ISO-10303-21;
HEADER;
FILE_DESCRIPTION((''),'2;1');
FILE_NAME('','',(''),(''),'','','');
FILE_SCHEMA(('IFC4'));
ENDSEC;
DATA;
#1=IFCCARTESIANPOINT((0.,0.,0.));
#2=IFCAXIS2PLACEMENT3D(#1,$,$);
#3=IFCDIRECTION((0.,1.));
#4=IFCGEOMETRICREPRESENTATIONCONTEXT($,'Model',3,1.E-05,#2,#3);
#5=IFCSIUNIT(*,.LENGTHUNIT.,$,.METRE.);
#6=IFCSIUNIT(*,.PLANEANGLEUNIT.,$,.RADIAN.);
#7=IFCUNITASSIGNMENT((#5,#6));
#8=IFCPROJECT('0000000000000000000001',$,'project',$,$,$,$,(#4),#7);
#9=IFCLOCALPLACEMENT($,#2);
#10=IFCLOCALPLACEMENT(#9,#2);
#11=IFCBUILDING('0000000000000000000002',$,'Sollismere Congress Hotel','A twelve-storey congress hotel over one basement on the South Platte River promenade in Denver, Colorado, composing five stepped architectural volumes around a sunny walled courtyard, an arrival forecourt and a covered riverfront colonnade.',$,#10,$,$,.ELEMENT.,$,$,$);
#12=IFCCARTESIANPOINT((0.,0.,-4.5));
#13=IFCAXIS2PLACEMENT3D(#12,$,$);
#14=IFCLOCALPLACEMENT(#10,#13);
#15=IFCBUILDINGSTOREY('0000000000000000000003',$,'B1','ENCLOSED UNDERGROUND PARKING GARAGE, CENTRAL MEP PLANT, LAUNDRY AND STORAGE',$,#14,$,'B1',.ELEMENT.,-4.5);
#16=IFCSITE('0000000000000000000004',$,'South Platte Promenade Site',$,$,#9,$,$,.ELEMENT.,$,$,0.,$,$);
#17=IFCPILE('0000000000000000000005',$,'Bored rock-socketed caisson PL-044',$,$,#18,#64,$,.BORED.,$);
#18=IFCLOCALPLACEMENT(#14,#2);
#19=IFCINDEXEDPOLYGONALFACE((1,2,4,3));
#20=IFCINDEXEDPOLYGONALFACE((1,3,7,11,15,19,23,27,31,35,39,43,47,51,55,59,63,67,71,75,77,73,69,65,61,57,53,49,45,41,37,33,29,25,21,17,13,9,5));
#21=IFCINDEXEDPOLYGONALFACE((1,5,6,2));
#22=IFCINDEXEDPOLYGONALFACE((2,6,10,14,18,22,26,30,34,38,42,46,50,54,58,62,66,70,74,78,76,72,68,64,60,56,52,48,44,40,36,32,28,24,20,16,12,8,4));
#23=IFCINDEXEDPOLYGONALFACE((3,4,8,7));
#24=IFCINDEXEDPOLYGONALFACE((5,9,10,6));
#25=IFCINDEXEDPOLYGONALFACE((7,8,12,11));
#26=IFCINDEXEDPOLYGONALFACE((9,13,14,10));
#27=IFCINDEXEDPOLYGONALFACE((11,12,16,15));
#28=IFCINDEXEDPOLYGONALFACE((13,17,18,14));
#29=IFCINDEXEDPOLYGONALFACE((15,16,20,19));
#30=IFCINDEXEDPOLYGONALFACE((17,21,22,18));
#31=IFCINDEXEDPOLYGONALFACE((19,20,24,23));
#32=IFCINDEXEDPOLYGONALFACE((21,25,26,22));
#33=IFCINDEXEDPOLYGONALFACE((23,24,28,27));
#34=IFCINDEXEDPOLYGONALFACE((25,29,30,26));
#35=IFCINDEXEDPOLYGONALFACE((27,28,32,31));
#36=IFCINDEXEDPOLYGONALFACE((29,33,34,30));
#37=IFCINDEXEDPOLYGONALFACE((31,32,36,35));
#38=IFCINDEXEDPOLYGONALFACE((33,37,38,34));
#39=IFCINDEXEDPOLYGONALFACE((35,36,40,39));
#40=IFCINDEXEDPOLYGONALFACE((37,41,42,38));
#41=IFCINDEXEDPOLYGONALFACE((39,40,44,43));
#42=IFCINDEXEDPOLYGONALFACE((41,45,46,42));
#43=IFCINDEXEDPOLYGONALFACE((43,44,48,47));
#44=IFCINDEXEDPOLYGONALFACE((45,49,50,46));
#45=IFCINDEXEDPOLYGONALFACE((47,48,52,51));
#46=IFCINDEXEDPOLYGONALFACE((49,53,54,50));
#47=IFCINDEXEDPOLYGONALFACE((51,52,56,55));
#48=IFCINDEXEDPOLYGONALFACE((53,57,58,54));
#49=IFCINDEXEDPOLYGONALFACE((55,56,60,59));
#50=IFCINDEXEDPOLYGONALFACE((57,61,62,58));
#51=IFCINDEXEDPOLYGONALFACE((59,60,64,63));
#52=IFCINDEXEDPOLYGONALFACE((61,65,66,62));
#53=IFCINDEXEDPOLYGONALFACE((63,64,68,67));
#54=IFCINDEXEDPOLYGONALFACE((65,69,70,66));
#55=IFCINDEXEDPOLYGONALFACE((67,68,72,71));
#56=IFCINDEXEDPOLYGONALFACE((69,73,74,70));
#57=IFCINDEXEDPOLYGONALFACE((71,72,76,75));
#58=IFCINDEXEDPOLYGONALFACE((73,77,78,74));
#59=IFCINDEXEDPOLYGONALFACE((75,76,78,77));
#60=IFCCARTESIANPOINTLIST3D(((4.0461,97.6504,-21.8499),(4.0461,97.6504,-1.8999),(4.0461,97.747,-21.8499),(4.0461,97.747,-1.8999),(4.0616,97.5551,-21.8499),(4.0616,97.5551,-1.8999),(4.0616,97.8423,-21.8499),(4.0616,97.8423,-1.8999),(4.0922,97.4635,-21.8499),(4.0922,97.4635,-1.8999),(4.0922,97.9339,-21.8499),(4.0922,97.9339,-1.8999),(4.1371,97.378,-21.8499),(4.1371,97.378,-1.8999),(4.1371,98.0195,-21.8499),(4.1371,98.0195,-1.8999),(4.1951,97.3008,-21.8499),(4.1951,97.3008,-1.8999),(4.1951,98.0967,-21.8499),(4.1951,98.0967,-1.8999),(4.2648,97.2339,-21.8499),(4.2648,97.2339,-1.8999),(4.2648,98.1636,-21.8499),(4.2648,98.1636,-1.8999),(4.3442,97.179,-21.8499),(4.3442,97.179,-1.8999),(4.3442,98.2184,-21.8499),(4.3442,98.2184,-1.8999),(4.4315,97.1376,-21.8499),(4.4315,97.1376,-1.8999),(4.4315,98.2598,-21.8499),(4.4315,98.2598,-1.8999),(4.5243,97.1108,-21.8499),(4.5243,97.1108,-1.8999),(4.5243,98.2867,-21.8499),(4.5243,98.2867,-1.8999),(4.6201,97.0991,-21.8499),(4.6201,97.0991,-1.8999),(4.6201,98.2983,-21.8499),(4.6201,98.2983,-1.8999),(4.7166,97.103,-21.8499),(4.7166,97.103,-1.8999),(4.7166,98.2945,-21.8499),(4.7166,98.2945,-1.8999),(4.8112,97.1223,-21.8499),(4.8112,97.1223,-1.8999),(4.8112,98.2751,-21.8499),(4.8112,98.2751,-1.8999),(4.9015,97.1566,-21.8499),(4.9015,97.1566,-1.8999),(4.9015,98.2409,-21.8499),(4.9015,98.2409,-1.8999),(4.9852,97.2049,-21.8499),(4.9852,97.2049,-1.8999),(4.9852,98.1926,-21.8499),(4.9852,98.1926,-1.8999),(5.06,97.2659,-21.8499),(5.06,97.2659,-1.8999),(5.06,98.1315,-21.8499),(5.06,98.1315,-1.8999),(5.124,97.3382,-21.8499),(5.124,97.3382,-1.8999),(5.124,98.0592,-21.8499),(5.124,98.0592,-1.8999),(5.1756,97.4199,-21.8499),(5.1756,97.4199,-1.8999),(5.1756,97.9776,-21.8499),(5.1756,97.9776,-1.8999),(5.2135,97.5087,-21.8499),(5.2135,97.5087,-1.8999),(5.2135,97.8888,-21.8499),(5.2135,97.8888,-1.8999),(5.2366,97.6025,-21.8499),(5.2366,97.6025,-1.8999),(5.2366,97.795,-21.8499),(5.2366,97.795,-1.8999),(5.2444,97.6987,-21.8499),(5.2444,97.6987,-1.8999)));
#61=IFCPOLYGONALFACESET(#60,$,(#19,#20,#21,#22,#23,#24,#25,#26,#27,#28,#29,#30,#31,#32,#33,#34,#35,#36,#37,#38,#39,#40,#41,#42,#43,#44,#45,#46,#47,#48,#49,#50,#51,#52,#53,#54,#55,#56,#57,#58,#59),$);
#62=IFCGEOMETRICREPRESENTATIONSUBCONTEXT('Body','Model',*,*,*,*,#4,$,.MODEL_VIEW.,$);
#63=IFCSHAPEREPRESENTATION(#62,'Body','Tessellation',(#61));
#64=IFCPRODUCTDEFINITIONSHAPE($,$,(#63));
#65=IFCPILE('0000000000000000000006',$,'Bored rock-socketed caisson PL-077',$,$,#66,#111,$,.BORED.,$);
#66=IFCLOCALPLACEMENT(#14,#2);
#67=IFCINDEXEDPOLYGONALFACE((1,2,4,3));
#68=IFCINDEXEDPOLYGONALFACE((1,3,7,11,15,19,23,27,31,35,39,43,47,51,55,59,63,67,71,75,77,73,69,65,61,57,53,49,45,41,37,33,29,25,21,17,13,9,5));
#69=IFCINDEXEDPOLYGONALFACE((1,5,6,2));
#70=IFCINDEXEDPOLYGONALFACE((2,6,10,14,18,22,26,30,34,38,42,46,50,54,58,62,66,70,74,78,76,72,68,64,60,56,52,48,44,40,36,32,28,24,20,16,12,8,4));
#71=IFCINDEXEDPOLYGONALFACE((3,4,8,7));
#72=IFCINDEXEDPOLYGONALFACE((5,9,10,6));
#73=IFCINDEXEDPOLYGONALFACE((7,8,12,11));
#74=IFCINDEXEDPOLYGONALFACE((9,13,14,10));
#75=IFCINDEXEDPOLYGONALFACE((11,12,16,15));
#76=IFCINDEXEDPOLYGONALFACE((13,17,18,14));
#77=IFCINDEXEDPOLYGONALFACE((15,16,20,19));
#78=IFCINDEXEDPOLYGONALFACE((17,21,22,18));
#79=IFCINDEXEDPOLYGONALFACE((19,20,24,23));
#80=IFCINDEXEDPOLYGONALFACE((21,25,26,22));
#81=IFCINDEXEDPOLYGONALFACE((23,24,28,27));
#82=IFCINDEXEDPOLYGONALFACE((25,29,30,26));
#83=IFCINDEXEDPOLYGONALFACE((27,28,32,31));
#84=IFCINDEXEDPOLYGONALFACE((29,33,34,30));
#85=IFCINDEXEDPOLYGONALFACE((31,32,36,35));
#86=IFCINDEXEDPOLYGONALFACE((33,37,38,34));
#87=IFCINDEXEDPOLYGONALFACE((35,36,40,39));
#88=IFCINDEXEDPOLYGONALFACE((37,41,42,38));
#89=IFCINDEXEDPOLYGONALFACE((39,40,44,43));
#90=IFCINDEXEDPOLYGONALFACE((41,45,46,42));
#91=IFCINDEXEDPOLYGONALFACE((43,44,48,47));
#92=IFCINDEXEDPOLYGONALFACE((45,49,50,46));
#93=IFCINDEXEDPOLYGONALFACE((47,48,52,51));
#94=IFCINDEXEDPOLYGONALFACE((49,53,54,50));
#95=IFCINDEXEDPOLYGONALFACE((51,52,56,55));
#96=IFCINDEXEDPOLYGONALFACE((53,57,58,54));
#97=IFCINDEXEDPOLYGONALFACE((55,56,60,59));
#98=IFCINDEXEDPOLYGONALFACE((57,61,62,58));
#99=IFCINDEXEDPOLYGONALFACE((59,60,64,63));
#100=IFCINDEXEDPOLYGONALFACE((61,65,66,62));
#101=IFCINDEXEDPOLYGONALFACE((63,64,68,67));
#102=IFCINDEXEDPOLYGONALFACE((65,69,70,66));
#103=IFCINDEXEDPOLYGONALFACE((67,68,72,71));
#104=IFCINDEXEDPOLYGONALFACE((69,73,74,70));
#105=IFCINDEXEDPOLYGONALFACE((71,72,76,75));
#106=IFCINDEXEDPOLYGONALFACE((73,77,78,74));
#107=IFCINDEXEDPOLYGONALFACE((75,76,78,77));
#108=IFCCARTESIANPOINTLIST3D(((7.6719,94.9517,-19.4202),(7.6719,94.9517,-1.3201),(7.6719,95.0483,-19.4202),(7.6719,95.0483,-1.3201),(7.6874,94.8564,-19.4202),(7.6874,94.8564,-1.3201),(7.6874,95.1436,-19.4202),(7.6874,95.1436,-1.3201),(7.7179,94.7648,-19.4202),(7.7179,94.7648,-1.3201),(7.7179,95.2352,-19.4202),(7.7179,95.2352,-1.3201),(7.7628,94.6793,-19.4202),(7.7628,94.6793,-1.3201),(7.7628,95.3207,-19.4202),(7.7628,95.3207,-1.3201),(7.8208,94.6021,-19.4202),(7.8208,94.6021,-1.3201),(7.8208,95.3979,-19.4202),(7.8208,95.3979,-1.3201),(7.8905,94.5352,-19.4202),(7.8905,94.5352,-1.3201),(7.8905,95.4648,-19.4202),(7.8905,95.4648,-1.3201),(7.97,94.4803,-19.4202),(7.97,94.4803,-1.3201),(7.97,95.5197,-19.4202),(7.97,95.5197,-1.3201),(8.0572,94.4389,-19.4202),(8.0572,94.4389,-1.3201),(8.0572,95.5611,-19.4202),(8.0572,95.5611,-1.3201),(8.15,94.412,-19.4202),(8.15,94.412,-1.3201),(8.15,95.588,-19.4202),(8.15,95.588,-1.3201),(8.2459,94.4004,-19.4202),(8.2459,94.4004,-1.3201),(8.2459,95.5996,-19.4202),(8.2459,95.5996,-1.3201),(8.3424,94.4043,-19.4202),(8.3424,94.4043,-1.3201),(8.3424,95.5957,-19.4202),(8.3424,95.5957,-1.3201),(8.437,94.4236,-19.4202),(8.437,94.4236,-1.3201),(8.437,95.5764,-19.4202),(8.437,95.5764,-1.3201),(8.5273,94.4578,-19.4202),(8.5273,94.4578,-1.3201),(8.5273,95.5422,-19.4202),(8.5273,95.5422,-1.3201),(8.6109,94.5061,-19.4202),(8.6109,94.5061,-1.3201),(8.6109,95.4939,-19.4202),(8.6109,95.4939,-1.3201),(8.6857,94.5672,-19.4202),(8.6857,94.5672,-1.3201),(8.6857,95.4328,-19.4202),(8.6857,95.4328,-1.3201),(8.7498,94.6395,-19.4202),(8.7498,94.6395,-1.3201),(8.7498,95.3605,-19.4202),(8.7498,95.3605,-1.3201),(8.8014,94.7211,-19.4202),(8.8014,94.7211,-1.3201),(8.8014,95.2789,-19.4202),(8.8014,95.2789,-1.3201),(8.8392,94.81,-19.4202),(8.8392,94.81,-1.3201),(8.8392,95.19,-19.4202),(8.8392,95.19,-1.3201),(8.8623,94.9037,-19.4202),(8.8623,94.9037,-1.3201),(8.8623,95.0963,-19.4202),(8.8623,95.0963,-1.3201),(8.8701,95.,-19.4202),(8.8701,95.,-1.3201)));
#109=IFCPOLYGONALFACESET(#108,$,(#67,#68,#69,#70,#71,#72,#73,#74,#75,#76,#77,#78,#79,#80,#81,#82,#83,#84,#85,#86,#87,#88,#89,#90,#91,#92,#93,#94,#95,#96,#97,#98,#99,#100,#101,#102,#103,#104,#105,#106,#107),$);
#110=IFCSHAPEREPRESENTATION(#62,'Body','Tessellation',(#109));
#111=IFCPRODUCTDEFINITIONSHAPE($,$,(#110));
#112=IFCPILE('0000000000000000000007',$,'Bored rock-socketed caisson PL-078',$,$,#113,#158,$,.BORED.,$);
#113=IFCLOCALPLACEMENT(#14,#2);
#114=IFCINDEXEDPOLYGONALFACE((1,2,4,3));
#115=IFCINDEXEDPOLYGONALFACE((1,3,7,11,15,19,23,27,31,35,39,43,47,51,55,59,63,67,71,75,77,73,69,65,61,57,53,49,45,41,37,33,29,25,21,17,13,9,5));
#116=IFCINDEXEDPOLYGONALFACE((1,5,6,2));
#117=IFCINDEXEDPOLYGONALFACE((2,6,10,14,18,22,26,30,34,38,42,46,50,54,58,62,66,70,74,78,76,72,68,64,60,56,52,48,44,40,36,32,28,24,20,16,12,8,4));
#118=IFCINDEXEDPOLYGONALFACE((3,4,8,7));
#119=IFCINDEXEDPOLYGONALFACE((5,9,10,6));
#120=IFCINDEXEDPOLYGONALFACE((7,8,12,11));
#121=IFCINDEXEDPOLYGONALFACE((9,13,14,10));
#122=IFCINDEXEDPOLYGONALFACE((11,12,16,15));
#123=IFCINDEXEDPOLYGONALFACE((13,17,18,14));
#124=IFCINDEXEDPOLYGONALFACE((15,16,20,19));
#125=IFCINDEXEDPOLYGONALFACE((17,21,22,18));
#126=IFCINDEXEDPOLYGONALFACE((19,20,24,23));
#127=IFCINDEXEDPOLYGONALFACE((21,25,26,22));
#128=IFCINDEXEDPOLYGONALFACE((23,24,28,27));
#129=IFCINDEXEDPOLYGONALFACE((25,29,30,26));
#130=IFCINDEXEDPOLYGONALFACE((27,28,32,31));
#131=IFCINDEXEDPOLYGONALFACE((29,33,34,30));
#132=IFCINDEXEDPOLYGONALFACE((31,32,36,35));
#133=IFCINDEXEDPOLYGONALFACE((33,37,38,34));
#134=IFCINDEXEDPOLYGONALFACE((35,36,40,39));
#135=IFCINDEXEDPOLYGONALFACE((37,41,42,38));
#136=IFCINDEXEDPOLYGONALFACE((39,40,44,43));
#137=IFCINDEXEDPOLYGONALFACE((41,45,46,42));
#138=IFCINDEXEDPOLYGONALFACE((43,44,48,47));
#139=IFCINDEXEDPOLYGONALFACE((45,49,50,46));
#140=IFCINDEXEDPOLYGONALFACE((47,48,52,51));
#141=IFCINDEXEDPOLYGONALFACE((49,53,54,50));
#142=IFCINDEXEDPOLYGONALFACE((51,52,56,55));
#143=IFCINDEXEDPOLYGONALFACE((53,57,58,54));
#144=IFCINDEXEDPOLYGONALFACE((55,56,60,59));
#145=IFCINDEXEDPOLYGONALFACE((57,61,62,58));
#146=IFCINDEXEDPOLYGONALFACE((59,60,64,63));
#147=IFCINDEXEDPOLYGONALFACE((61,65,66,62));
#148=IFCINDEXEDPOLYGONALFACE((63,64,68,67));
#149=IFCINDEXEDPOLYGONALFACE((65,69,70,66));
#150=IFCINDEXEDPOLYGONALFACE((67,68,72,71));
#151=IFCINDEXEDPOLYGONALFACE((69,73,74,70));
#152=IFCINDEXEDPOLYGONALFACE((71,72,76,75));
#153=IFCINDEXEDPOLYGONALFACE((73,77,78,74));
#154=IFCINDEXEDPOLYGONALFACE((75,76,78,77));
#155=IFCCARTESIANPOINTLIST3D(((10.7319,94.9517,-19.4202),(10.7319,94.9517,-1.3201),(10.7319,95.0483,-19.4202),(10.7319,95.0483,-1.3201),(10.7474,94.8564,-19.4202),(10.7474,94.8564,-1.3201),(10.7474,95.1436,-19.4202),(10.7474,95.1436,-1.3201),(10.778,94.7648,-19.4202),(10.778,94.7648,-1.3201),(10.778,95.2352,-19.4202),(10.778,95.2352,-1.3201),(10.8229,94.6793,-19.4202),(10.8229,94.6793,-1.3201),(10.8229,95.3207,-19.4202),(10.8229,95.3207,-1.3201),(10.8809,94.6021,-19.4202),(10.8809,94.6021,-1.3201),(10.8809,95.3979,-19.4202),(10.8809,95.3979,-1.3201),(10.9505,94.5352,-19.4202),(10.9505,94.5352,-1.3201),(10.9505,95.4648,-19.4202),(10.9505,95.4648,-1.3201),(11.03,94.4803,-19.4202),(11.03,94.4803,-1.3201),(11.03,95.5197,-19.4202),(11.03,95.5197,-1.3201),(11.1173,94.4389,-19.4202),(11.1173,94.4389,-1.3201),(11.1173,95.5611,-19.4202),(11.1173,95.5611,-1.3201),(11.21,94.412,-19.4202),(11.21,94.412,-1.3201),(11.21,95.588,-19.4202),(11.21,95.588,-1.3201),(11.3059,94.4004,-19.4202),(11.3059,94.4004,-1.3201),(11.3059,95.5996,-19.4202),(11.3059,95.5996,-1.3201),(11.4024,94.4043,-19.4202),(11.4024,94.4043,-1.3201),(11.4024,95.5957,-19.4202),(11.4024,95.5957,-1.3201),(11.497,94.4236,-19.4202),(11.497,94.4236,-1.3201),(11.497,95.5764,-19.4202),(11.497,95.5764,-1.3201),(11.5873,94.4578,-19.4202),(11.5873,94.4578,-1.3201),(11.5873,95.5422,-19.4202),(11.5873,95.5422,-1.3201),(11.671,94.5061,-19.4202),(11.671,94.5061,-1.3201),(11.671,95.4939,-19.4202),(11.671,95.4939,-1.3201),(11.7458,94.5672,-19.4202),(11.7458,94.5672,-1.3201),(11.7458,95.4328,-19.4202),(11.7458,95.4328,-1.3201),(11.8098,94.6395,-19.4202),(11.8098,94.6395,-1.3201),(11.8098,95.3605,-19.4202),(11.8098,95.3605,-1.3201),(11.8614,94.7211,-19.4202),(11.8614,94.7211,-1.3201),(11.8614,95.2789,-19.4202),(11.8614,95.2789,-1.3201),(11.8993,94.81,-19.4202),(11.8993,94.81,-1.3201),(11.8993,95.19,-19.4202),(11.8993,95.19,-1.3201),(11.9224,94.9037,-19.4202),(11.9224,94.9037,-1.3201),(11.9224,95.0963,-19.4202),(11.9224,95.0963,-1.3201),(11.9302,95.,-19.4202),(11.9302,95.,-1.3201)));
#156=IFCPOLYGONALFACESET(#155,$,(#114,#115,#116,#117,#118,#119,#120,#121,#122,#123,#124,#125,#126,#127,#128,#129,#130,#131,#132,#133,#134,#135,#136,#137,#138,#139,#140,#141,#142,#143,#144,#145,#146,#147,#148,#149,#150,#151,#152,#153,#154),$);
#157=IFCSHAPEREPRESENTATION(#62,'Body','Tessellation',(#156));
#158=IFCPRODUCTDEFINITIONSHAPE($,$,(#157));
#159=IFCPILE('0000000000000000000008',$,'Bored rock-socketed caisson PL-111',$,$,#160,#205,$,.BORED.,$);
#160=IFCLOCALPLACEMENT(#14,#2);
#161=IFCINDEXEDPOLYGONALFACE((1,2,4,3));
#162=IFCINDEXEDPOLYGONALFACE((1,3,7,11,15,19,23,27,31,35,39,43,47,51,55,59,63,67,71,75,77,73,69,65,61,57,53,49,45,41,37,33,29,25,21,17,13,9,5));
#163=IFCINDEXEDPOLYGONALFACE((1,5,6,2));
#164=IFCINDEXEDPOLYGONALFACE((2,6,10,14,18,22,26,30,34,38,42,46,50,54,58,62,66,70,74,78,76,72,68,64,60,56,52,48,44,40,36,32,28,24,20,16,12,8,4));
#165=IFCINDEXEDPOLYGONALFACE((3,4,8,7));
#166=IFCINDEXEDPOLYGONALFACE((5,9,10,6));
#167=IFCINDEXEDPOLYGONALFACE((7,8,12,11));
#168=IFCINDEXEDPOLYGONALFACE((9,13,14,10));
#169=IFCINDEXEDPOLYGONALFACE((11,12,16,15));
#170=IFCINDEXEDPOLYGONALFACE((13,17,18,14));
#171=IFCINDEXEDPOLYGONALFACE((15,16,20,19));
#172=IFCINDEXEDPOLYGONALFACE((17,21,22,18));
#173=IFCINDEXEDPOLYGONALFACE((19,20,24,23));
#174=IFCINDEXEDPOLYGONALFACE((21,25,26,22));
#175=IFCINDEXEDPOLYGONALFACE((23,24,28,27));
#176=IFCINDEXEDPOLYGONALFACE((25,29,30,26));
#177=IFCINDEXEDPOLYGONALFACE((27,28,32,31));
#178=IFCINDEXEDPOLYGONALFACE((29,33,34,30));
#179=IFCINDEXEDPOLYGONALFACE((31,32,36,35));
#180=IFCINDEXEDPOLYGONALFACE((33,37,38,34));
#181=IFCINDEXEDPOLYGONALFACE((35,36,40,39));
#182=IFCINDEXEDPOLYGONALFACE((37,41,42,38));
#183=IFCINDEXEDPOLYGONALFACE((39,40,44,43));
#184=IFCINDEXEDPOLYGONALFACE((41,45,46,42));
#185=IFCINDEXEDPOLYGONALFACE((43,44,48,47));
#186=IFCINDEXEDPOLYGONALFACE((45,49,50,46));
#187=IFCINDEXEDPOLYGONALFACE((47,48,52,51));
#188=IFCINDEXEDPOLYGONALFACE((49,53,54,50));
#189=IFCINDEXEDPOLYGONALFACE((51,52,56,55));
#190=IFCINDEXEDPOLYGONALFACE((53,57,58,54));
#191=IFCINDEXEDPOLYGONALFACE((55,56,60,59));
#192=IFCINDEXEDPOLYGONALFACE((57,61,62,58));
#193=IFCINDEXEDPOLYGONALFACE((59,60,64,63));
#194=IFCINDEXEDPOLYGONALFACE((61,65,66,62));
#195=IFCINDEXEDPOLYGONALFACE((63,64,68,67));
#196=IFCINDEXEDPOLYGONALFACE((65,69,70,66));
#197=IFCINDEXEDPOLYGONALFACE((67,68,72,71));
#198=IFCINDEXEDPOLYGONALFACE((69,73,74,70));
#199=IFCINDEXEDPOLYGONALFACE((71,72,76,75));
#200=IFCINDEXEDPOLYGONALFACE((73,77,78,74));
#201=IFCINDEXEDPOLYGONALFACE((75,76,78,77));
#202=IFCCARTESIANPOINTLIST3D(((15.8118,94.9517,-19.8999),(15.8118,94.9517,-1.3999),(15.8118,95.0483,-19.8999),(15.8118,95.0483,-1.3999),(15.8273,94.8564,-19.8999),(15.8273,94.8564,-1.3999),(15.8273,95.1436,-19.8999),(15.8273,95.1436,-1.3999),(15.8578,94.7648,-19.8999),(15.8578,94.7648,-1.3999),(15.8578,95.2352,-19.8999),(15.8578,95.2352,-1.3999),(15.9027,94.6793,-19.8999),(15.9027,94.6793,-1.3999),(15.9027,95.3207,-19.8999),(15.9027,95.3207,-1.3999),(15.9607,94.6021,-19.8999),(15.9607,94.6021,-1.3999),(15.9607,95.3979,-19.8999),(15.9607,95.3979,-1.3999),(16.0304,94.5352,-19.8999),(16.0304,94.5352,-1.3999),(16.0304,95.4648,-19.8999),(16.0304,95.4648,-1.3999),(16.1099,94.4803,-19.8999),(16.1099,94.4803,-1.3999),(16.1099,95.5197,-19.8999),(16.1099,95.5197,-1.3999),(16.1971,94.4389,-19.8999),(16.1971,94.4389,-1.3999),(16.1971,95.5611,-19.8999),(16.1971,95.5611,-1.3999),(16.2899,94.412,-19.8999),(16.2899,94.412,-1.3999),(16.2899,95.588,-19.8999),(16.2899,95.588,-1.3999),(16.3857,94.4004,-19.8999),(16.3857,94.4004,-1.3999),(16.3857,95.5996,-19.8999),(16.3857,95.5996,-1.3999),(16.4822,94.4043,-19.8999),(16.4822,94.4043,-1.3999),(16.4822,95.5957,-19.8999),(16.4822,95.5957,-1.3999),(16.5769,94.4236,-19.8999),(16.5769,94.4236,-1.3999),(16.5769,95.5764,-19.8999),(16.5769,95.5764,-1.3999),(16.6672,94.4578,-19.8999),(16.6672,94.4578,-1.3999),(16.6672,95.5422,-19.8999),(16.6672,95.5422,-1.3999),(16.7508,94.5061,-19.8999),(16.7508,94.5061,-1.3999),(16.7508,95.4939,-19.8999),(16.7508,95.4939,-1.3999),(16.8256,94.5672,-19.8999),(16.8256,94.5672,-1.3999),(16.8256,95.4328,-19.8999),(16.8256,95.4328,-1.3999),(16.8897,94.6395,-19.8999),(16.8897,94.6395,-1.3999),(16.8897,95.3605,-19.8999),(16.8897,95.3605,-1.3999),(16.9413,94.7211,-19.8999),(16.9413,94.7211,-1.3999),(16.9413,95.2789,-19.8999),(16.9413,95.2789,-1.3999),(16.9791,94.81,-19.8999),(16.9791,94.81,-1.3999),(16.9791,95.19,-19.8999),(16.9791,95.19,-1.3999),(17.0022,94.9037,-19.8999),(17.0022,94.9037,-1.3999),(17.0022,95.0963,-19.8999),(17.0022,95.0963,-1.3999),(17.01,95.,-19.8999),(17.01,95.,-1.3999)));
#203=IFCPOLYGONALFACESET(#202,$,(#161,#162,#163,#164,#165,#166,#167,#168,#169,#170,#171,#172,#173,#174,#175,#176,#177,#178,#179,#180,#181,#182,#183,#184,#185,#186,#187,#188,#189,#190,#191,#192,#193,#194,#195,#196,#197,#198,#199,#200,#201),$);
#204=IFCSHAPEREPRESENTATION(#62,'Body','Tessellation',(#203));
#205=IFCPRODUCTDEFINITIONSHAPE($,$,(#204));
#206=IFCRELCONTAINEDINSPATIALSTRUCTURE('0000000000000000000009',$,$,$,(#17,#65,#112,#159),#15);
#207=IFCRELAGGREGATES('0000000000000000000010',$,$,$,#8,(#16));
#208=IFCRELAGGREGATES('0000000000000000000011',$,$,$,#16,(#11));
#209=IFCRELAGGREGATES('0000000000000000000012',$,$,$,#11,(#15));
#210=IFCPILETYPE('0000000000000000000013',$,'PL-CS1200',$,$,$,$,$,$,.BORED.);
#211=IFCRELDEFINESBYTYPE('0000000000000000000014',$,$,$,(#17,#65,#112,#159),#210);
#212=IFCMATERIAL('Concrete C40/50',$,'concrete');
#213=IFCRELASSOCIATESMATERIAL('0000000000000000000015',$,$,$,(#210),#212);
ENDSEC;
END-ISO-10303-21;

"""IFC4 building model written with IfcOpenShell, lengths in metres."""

from ifc_helpers import new_model, si_unit, direction, frame, origin, origin_2d, place, context, subcontext, project, spatial, circle, extrude, material, material_profile, profile_set, type_object, element, save


model = new_model("IFC4")

# Units and contexts
model_context = context("Model", 3, precision=1e-05, world=origin(), true_north=direction((0.0, 1.0)))
body_context = subcontext(model_context, "Body", "Model", "MODEL_VIEW")
ifc_project = project(units=[si_unit("LENGTHUNIT", "METRE"), si_unit("PLANEANGLEUNIT", "RADIAN")], contexts=[model_context])

# Site, building, storey
site_placement = place(None, origin())
site = spatial("IfcSite", under=ifc_project, at=site_placement, Name="South Platte Promenade Site", CompositionType="ELEMENT", RefElevation=0.0)
building_placement = place(site_placement, origin())
building = spatial("IfcBuilding", under=site, at=building_placement, Name="Sollismere Congress Hotel", Description="A twelve-storey congress hotel over one basement on the South Platte River promenade in Denver, Colorado, composing five stepped architectural volumes around a sunny walled courtyard, an arrival forecourt and a covered riverfront colonnade.", CompositionType="ELEMENT")
storey_placement = place(building_placement, frame((0.0, 0.0, -4.5)))
storey = spatial("IfcBuildingStorey", under=building, at=storey_placement, Name="B1", Description="ENCLOSED UNDERGROUND PARKING GARAGE, CENTRAL MEP PLANT, LAUNDRY AND STORAGE", LongName="B1", CompositionType="ELEMENT", Elevation=-4.5)

# Shared definitions
ifc_material_1 = material(Name="Concrete C40/50", Category="concrete")

# Piles
ifc_material_profile_1 = material_profile(ifc_material_1, circle(Radius=0.6001, at=origin_2d()), Name="CAISSON1200")
ifc_profile_set_1 = profile_set([ifc_material_profile_1], Name="Concrete C40/50")
pile_type = type_object("IfcPileType", Name="PL-CS1200", PredefinedType="BORED", material=ifc_profile_set_1)
for number, where, z_axis, x_axis, name in (
    (1, (4.6443, 97.6987, -1.8999), (0.0, 0.0, -1.0), (1.0, 0.0, 0.0), "Bored rock-socketed caisson PL-044"),
):
    element("IfcPile", number, at=place(storey_placement, frame(where, z_axis=z_axis, x_axis=x_axis)), inside=storey, type_object=pile_type, Name=name, PredefinedType="BORED", context=body_context, shape_type="SweptSolid", body=[
        extrude(circle(Radius=0.6001, at=origin_2d()), origin(), (0.0, 0.0, 1.0), 19.95),
    ])
for number, where, z_axis, x_axis, name in (
    (2, (8.27, 95.0, -1.3201), (0.0, 0.0, -1.0), (1.0, 0.0, 0.0), "Bored rock-socketed caisson PL-077"),
    (3, (11.3301, 95.0, -1.3201), (0.0, 0.0, -1.0), (1.0, 0.0, 0.0), "Bored rock-socketed caisson PL-078"),
):
    element("IfcPile", number, at=place(storey_placement, frame(where, z_axis=z_axis, x_axis=x_axis)), inside=storey, type_object=pile_type, Name=name, PredefinedType="BORED", context=body_context, shape_type="SweptSolid", body=[
        extrude(circle(Radius=0.6001, at=origin_2d()), origin(), (0.0, 0.0, 1.0), 18.1001),
    ])
pile_placement = place(storey_placement, frame((16.4099, 95.0, -1.3999), z_axis=(0.0, 0.0, -1.0), x_axis=(1.0, 0.0, 0.0)))
element("IfcPile", 4, at=pile_placement, inside=storey, type_object=pile_type, Name="Bored rock-socketed caisson PL-111", PredefinedType="BORED", context=body_context, shape_type="SweptSolid", body=[
    extrude(circle(Radius=0.6001, at=origin_2d()), origin(), (0.0, 0.0, 1.0), 18.5),
])

save(model, "model.ifc")
